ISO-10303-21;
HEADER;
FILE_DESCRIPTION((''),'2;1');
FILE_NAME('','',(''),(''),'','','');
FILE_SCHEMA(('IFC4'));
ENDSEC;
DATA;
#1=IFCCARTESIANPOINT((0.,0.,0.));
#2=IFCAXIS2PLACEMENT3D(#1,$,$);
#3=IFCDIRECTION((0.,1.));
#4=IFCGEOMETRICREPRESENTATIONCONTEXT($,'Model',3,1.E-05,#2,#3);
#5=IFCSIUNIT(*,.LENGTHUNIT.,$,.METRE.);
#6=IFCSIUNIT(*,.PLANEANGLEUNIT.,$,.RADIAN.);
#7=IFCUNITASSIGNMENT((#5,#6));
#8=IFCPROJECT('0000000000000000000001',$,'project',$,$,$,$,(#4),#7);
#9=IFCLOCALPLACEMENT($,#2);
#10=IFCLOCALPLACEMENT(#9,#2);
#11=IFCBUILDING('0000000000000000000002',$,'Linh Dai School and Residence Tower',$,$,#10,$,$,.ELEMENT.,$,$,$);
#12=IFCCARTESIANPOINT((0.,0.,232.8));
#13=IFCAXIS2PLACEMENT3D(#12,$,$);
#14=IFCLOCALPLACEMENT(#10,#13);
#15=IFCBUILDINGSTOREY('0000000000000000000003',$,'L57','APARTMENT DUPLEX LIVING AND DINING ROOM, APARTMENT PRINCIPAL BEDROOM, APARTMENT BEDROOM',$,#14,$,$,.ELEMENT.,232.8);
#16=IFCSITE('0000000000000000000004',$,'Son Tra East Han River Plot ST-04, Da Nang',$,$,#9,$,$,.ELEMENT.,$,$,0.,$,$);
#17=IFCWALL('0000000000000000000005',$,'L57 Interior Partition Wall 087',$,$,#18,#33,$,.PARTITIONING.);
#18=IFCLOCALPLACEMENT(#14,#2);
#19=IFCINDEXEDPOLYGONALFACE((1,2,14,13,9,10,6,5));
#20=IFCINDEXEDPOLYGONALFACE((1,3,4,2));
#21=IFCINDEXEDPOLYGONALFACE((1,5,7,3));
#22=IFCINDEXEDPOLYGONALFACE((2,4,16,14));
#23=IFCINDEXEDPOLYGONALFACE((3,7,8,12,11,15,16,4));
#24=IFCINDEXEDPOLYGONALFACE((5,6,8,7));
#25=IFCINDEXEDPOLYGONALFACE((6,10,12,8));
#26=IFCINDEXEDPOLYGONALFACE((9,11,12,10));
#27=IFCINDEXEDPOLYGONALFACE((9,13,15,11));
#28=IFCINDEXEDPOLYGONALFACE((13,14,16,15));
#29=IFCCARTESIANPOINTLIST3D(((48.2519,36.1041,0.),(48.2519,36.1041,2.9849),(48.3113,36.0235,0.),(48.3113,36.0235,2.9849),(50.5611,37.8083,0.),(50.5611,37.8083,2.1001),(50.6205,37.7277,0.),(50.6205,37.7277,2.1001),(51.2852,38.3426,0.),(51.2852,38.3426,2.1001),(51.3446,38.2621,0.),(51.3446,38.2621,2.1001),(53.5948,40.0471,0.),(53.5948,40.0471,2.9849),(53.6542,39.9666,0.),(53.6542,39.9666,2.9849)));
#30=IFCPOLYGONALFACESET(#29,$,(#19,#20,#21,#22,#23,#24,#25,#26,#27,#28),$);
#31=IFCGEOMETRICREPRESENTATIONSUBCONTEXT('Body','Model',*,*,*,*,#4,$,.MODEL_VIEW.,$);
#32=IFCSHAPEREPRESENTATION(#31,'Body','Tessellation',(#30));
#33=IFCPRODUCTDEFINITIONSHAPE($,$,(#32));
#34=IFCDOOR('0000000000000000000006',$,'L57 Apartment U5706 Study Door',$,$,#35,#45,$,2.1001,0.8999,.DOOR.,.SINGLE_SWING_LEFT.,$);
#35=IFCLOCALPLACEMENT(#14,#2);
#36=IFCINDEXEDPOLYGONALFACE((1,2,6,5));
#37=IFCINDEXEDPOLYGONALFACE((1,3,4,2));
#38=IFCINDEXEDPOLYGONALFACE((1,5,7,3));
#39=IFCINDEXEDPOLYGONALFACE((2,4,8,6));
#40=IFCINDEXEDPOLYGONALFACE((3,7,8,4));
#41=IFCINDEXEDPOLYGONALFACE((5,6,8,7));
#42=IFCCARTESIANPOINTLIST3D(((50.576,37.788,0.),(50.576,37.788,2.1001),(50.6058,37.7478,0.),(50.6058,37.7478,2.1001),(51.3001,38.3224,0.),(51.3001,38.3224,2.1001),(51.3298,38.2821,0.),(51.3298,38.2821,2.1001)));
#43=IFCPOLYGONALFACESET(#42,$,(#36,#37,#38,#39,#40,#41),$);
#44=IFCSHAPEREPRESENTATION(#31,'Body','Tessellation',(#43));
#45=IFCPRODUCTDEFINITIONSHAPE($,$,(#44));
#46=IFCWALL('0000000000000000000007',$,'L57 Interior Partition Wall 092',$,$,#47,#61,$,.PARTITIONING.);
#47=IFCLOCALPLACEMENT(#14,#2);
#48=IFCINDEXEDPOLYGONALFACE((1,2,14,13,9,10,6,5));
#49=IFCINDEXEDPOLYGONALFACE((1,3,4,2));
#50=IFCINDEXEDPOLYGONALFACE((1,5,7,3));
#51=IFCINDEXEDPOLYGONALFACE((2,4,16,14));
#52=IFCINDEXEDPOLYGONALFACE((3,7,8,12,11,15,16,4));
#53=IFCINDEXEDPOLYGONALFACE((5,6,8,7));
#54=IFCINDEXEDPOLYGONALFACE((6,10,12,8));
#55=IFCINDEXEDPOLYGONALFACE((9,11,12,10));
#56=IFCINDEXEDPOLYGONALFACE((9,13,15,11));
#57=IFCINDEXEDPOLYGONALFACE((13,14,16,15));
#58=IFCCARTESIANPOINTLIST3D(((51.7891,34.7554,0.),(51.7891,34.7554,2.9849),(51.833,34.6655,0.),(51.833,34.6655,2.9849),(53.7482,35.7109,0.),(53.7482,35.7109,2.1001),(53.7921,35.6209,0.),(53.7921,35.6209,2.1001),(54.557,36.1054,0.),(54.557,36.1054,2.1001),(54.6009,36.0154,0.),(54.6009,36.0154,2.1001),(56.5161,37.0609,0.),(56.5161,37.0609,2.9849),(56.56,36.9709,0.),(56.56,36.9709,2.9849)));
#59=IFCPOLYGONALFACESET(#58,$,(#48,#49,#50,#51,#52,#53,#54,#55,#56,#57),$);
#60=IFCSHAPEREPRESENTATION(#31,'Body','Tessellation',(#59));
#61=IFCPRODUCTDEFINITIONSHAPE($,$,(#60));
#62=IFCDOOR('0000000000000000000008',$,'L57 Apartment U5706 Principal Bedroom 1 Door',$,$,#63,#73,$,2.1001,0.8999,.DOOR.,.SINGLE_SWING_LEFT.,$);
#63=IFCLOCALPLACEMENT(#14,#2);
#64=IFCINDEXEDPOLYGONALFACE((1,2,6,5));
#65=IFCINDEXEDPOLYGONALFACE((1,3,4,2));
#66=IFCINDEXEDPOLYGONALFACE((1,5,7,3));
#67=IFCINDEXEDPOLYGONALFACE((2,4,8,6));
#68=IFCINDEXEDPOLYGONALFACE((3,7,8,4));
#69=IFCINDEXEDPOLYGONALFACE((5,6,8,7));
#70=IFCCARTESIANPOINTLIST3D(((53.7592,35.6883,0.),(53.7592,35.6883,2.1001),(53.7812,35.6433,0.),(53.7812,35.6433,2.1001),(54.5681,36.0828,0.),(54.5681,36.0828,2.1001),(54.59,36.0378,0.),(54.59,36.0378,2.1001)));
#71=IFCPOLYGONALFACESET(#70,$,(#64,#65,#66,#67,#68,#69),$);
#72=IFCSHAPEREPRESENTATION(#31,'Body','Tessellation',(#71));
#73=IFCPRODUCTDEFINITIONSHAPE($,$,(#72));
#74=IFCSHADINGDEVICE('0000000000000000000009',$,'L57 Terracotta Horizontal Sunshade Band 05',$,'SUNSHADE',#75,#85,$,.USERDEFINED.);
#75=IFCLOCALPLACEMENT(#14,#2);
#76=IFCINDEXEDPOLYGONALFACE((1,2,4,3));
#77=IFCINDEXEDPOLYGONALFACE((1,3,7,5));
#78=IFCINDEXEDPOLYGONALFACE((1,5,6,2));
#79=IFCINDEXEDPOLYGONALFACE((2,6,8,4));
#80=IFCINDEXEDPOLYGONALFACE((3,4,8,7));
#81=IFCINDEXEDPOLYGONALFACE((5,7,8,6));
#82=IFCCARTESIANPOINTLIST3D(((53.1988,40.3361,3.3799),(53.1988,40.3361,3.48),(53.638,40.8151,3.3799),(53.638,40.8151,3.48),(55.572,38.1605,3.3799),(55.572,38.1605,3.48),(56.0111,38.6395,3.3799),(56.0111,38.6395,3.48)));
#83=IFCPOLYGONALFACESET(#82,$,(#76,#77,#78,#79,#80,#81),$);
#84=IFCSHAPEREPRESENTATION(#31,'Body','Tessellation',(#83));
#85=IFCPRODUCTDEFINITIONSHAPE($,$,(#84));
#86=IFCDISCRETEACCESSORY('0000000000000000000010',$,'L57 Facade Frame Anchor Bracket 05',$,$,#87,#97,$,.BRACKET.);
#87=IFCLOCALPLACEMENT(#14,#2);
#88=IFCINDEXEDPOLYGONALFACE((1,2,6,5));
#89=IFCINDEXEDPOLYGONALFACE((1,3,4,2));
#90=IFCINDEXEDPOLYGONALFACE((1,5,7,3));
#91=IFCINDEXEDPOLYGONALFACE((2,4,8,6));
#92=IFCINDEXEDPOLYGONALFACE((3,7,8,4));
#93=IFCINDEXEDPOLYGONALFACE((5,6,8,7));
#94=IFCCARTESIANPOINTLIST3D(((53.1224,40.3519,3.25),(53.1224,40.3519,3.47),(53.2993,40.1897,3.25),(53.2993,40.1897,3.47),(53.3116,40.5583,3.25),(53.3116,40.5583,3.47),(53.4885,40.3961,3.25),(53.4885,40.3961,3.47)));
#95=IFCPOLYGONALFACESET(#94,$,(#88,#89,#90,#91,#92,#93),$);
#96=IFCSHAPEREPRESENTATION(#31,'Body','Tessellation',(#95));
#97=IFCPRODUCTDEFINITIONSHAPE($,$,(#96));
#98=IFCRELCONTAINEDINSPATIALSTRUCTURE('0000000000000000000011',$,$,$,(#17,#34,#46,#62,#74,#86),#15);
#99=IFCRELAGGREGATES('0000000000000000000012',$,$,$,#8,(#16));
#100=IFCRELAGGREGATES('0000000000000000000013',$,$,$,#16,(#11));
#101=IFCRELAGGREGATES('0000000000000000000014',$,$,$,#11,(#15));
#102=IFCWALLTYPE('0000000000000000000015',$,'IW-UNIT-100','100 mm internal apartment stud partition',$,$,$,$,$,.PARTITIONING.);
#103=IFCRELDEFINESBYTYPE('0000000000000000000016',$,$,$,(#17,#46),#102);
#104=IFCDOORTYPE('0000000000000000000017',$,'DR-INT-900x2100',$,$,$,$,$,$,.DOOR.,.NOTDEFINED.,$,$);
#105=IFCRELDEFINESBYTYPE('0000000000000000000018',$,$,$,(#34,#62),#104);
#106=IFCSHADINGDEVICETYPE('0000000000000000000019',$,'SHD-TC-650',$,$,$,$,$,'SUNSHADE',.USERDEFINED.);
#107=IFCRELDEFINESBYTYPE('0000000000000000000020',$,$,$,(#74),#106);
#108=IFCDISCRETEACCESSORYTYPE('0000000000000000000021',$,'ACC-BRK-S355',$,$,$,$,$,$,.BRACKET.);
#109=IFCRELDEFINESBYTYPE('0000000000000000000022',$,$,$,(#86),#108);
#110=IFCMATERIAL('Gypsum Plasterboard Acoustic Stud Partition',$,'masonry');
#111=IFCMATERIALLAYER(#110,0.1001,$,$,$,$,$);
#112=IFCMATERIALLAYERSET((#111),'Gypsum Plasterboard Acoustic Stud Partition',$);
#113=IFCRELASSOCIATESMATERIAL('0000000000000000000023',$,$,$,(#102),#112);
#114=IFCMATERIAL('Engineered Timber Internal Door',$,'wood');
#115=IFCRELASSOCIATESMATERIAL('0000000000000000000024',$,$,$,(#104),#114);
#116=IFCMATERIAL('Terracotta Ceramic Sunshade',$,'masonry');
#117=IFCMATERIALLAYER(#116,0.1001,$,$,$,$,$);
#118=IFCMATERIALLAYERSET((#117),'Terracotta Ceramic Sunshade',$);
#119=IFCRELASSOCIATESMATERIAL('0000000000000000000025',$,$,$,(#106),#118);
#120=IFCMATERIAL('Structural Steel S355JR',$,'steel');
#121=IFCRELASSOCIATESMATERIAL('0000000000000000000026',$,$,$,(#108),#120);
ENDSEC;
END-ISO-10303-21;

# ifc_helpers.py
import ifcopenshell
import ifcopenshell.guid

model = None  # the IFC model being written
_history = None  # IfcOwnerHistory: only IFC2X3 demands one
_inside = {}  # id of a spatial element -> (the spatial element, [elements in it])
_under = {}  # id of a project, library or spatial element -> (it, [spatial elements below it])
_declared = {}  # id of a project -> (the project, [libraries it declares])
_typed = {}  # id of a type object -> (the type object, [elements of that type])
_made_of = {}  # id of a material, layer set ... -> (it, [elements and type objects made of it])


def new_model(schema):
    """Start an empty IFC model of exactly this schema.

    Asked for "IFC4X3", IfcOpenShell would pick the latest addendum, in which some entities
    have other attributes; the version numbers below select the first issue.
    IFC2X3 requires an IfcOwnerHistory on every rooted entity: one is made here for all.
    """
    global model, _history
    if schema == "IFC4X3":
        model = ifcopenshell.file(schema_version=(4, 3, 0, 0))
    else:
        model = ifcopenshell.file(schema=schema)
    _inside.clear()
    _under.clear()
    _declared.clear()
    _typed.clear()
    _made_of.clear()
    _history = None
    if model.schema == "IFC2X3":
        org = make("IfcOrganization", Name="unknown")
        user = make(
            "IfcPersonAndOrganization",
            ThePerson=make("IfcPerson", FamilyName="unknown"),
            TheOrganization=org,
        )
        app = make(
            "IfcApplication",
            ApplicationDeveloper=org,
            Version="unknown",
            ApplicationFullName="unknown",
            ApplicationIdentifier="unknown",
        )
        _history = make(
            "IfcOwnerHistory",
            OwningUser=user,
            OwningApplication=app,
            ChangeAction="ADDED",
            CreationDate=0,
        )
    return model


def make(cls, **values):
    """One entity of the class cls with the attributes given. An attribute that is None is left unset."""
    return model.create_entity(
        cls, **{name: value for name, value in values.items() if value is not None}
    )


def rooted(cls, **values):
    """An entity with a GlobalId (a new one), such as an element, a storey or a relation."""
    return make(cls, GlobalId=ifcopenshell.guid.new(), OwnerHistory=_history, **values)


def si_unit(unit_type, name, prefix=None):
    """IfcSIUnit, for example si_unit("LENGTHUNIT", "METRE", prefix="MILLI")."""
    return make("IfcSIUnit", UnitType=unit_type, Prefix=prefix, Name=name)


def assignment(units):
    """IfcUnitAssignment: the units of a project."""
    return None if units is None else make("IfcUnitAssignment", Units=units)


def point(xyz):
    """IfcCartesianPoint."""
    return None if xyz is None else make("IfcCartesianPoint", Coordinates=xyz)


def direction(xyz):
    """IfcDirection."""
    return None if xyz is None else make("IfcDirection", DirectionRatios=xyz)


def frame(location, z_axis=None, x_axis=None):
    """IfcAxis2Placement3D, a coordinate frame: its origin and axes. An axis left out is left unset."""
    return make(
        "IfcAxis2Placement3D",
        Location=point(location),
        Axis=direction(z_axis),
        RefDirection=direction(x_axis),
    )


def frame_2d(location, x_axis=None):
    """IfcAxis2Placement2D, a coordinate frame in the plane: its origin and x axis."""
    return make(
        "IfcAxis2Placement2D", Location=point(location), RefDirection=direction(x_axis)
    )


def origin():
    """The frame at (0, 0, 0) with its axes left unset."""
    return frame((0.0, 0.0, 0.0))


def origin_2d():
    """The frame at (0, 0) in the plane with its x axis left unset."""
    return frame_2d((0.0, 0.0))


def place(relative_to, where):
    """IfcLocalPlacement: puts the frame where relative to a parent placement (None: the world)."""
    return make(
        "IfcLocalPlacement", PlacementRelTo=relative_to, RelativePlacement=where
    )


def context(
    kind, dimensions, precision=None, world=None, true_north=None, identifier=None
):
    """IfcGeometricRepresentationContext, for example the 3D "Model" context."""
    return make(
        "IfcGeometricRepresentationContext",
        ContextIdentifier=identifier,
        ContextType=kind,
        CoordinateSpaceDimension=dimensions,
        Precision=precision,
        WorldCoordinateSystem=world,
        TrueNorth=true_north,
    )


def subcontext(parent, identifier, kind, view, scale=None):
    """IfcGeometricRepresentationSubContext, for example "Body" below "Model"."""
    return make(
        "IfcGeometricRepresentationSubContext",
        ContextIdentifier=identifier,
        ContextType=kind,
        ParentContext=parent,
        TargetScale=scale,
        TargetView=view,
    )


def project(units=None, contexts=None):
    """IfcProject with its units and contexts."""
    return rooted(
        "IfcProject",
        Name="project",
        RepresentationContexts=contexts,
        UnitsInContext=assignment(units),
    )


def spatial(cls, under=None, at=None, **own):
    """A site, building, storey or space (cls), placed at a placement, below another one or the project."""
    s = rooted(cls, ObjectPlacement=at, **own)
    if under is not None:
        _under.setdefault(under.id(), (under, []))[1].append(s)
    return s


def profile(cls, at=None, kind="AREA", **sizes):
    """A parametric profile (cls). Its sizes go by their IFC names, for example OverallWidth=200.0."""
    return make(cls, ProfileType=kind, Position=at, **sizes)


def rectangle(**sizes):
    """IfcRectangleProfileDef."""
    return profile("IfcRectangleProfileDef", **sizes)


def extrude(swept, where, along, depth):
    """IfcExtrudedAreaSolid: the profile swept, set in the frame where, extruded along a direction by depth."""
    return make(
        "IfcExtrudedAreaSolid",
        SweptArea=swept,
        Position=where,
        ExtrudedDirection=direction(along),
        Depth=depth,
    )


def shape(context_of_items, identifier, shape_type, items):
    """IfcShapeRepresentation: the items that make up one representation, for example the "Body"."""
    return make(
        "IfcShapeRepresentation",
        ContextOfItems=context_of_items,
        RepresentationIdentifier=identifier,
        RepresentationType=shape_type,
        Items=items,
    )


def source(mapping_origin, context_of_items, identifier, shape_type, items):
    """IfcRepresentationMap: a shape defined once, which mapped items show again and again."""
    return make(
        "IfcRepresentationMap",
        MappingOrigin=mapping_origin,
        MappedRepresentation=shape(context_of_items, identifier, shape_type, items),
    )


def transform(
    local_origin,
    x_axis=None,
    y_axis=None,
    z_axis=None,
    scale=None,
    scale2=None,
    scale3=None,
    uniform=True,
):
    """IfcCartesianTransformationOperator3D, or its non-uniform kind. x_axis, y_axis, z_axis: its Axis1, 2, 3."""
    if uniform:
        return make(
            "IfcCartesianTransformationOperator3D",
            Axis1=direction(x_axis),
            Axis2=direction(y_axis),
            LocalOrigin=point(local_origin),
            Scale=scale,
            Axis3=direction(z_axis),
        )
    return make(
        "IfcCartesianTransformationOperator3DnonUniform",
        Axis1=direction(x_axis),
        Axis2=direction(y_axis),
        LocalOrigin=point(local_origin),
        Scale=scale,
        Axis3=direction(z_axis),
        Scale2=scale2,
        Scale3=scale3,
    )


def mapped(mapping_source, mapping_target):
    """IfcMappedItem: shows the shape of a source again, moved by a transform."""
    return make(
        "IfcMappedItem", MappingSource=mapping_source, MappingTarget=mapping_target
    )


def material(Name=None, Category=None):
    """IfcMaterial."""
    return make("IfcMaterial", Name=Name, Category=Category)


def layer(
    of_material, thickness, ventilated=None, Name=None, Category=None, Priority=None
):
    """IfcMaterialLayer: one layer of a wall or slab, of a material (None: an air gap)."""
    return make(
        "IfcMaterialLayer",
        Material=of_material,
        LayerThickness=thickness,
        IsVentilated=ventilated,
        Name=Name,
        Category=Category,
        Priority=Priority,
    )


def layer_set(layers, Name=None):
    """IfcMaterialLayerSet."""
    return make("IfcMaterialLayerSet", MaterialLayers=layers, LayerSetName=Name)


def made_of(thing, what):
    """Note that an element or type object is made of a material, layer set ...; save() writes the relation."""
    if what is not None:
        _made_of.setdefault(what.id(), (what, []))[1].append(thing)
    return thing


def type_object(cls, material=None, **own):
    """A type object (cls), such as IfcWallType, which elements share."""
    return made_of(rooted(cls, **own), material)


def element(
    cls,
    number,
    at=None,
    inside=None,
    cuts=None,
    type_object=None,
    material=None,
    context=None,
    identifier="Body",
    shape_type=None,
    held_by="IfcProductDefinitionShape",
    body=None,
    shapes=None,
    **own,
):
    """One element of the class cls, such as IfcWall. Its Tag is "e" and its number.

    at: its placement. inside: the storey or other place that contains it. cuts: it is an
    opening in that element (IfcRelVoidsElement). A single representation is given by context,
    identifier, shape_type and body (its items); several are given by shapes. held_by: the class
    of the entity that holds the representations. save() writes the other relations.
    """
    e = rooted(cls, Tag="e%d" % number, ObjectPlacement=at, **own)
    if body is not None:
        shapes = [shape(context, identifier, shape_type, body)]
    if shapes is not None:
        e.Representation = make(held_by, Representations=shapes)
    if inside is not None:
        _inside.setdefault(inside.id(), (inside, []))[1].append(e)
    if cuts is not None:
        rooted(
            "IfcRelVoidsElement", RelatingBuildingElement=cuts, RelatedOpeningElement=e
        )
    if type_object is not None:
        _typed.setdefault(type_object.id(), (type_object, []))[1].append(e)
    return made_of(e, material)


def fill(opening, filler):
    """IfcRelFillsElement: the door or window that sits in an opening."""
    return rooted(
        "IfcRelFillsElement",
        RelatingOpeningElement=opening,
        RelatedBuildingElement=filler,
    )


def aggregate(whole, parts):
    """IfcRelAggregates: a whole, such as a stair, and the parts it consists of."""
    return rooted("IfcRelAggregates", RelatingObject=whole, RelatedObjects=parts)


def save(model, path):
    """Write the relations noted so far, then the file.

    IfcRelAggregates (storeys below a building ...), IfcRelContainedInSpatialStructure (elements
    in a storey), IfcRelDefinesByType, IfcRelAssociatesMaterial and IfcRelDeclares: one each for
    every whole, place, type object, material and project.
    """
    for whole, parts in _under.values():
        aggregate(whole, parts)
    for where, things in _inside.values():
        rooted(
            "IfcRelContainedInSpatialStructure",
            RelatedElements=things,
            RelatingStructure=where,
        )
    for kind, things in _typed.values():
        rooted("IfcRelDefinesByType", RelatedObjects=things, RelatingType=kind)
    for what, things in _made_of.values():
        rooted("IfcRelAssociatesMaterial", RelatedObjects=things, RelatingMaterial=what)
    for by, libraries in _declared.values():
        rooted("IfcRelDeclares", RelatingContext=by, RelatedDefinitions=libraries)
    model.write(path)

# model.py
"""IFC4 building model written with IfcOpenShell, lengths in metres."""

from ifc_helpers import new_model, si_unit, direction, frame, frame_2d, origin, origin_2d, place, context, subcontext, project, spatial, rectangle, extrude, source, transform, mapped, material, layer, layer_set, type_object, element, fill, save


model = new_model("IFC4")

# Units and contexts
model_context = context("Model", 3, precision=1e-05, world=origin(), true_north=direction((0.0, 1.0)))
body_context = subcontext(model_context, "Body", "Model", "MODEL_VIEW")
ifc_project = project(units=[si_unit("LENGTHUNIT", "METRE"), si_unit("PLANEANGLEUNIT", "RADIAN")], contexts=[model_context])

# Site, building, storey
site_placement = place(None, origin())
site = spatial("IfcSite", under=ifc_project, at=site_placement, Name="Son Tra East Han River Plot ST-04, Da Nang", CompositionType="ELEMENT", RefElevation=0.0)
building_placement = place(site_placement, origin())
building = spatial("IfcBuilding", under=site, at=building_placement, Name="Linh Dai School and Residence Tower", CompositionType="ELEMENT")
storey_placement = place(building_placement, frame((0.0, 0.0, 232.8)))
storey = spatial("IfcBuildingStorey", under=building, at=storey_placement, Name="L57", Description="APARTMENT DUPLEX LIVING AND DINING ROOM, APARTMENT PRINCIPAL BEDROOM, APARTMENT BEDROOM", CompositionType="ELEMENT", Elevation=232.8)

# Shared definitions
ifc_material_1 = material(Name="Structural Steel S355JR", Category="steel")

# Shared definitions
ifc_material_2 = material(Name="Gypsum Plasterboard Acoustic Stud Partition", Category="masonry")
ifc_layer_1 = layer(ifc_material_2, 0.1001)
ifc_layer_set_1 = layer_set([ifc_layer_1], Name="Gypsum Plasterboard Acoustic Stud Partition")
wall_type_1 = type_object("IfcWallType", Name="IW-UNIT-100", Description="100 mm internal apartment stud partition", PredefinedType="PARTITIONING", material=ifc_layer_set_1)

# Walls, openings, doors
wall_1_placement = place(storey_placement, frame((48.2815, 36.0637, 0.0), z_axis=(0.0, 0.0, 1.0), x_axis=(0.804613, 0.5938, 0.0)))
wall_1 = element("IfcWall", 1, at=wall_1_placement, inside=storey, type_object=wall_type_1, Name="L57 Interior Partition Wall 087", PredefinedType="PARTITIONING", context=body_context, shape_type="SweptSolid", body=[
    extrude(rectangle(XDim=6.6404, YDim=0.1001, at=frame_2d((3.3203, 0.0))), origin(), (0.0, 0.0, 1.0), 2.9849),
])
opening_1_placement = place(wall_1_placement, frame((2.8701, 0.0, 0.0)))
opening_1 = element("IfcOpeningElement", 2, at=opening_1_placement, cuts=wall_1, PredefinedType="OPENING", context=body_context, shape_type="SweptSolid", body=[
    extrude(rectangle(XDim=0.8999, YDim=2.1001, at=origin_2d()), frame((0.45, 0.0601, 1.05), z_axis=(0.0, -1.0, 0.0), x_axis=(1.0, 0.0, 0.0)), (0.0, 0.0, 1.0), 0.1201),
])
ifc_material_3 = material(Name="Engineered Timber Internal Door", Category="wood")
door_type = type_object("IfcDoorType", Name="DR-INT-900x2100", OperationType="NOTDEFINED", PredefinedType="DOOR", material=ifc_material_3)
shared_shape_1 = source(origin(), body_context, "Body", "SweptSolid", [
    extrude(rectangle(XDim=0.8999, YDim=2.1001, at=origin_2d()), frame((0.45, 0.0249, 1.05), z_axis=(0.0, -1.0, 0.0), x_axis=(1.0, 0.0, 0.0)), (0.0, 0.0, 1.0), 0.05),
])
door_1_placement = place(opening_1_placement, origin())
door_1 = element("IfcDoor", 3, at=door_1_placement, inside=storey, type_object=door_type, Name="L57 Apartment U5706 Study Door", OperationType="SINGLE_SWING_LEFT", OverallHeight=2.1001, OverallWidth=0.8999, PredefinedType="DOOR", context=body_context, shape_type="MappedRepresentation", body=[
    mapped(shared_shape_1, transform((0.0, 0.0, 0.0), x_axis=(1.0, 0.0, 0.0), y_axis=(0.0, 1.0, 0.0), z_axis=(0.0, 0.0, 1.0), scale=1.0)),
])
fill(opening_1, door_1)
wall_2_placement = place(storey_placement, frame((51.811, 34.7104, 0.0), z_axis=(0.0, 0.0, 1.0), x_axis=(0.898803, 0.438353, 0.0)))
wall_2 = element("IfcWall", 4, at=wall_2_placement, inside=storey, type_object=wall_type_1, Name="L57 Interior Partition Wall 092", PredefinedType="PARTITIONING", context=body_context, shape_type="SweptSolid", body=[
    extrude(rectangle(XDim=5.2593, YDim=0.1001, at=frame_2d((2.6296, 0.0))), origin(), (0.0, 0.0, 1.0), 2.9849),
])
opening_2_placement = place(wall_2_placement, frame((2.1797, 0.0, 0.0)))
opening_2 = element("IfcOpeningElement", 5, at=opening_2_placement, cuts=wall_2, PredefinedType="OPENING", context=body_context, shape_type="SweptSolid", body=[
    extrude(rectangle(XDim=0.8999, YDim=2.1001, at=origin_2d()), frame((0.45, 0.0601, 1.05), z_axis=(0.0, -1.0, 0.0), x_axis=(1.0, 0.0, 0.0)), (0.0, 0.0, 1.0), 0.1201),
])
door_2_placement = place(opening_2_placement, origin())
door_2 = element("IfcDoor", 6, at=door_2_placement, inside=storey, type_object=door_type, Name="L57 Apartment U5706 Principal Bedroom 1 Door", OperationType="SINGLE_SWING_LEFT", OverallHeight=2.1001, OverallWidth=0.8999, PredefinedType="DOOR", context=body_context, shape_type="MappedRepresentation", body=[
    mapped(shared_shape_1, transform((0.0, 0.0, 0.0), x_axis=(1.0, 0.0, 0.0), y_axis=(0.0, 1.0, 0.0), z_axis=(0.0, 0.0, 1.0), scale=1.0)),
])
fill(opening_2, door_2)

# Shading device
ifc_material_4 = material(Name="Terracotta Ceramic Sunshade", Category="masonry")
ifc_layer_2 = layer(ifc_material_4, 0.1001)
ifc_layer_set_2 = layer_set([ifc_layer_2], Name="Terracotta Ceramic Sunshade")
shading_device_type = type_object("IfcShadingDeviceType", Name="SHD-TC-650", ElementType="SUNSHADE", PredefinedType="USERDEFINED", material=ifc_layer_set_2)
shared_shape_2 = source(origin(), body_context, "Body", "SweptSolid", [
    extrude(rectangle(XDim=3.2195, YDim=0.6499, at=origin_2d()), origin(), (0.0, 0.0, 1.0), 0.1001),
])
shading_device_placement = place(storey_placement, frame((54.605, 39.4878, 3.3799), z_axis=(0.0, 0.0, 1.0), x_axis=(0.737124, -0.675758, 0.0)))
element("IfcShadingDevice", 7, at=shading_device_placement, inside=storey, type_object=shading_device_type, Name="L57 Terracotta Horizontal Sunshade Band 05", ObjectType="SUNSHADE", PredefinedType="USERDEFINED", context=body_context, shape_type="MappedRepresentation", body=[
    mapped(shared_shape_2, transform((0.0, 0.0, 0.0), x_axis=(1.0, 0.0, 0.0), y_axis=(0.0, 1.0, 0.0), z_axis=(0.0, 0.0, 1.0), scale=1.0)),
])

# Discrete accessory
discrete_accessory_type = type_object("IfcDiscreteAccessoryType", Name="ACC-BRK-S355", PredefinedType="BRACKET", material=ifc_material_1)
shared_shape_3 = source(origin(), body_context, "Body", "SweptSolid", [
    extrude(rectangle(XDim=0.28, YDim=0.24, at=origin_2d()), origin(), (0.0, 0.0, 1.0), 0.22),
])
discrete_accessory_placement = place(storey_placement, frame((53.3054, 40.374, 3.25), z_axis=(0.0, 0.0, 1.0), x_axis=(0.675758, 0.737124, 0.0)))
element("IfcDiscreteAccessory", 8, at=discrete_accessory_placement, inside=storey, type_object=discrete_accessory_type, Name="L57 Facade Frame Anchor Bracket 05", PredefinedType="BRACKET", context=body_context, shape_type="MappedRepresentation", body=[
    mapped(shared_shape_3, transform((0.0, 0.0, 0.0), x_axis=(1.0, 0.0, 0.0), y_axis=(0.0, 1.0, 0.0), z_axis=(0.0, 0.0, 1.0), scale=1.0)),
])

save(model, "model.ifc")
